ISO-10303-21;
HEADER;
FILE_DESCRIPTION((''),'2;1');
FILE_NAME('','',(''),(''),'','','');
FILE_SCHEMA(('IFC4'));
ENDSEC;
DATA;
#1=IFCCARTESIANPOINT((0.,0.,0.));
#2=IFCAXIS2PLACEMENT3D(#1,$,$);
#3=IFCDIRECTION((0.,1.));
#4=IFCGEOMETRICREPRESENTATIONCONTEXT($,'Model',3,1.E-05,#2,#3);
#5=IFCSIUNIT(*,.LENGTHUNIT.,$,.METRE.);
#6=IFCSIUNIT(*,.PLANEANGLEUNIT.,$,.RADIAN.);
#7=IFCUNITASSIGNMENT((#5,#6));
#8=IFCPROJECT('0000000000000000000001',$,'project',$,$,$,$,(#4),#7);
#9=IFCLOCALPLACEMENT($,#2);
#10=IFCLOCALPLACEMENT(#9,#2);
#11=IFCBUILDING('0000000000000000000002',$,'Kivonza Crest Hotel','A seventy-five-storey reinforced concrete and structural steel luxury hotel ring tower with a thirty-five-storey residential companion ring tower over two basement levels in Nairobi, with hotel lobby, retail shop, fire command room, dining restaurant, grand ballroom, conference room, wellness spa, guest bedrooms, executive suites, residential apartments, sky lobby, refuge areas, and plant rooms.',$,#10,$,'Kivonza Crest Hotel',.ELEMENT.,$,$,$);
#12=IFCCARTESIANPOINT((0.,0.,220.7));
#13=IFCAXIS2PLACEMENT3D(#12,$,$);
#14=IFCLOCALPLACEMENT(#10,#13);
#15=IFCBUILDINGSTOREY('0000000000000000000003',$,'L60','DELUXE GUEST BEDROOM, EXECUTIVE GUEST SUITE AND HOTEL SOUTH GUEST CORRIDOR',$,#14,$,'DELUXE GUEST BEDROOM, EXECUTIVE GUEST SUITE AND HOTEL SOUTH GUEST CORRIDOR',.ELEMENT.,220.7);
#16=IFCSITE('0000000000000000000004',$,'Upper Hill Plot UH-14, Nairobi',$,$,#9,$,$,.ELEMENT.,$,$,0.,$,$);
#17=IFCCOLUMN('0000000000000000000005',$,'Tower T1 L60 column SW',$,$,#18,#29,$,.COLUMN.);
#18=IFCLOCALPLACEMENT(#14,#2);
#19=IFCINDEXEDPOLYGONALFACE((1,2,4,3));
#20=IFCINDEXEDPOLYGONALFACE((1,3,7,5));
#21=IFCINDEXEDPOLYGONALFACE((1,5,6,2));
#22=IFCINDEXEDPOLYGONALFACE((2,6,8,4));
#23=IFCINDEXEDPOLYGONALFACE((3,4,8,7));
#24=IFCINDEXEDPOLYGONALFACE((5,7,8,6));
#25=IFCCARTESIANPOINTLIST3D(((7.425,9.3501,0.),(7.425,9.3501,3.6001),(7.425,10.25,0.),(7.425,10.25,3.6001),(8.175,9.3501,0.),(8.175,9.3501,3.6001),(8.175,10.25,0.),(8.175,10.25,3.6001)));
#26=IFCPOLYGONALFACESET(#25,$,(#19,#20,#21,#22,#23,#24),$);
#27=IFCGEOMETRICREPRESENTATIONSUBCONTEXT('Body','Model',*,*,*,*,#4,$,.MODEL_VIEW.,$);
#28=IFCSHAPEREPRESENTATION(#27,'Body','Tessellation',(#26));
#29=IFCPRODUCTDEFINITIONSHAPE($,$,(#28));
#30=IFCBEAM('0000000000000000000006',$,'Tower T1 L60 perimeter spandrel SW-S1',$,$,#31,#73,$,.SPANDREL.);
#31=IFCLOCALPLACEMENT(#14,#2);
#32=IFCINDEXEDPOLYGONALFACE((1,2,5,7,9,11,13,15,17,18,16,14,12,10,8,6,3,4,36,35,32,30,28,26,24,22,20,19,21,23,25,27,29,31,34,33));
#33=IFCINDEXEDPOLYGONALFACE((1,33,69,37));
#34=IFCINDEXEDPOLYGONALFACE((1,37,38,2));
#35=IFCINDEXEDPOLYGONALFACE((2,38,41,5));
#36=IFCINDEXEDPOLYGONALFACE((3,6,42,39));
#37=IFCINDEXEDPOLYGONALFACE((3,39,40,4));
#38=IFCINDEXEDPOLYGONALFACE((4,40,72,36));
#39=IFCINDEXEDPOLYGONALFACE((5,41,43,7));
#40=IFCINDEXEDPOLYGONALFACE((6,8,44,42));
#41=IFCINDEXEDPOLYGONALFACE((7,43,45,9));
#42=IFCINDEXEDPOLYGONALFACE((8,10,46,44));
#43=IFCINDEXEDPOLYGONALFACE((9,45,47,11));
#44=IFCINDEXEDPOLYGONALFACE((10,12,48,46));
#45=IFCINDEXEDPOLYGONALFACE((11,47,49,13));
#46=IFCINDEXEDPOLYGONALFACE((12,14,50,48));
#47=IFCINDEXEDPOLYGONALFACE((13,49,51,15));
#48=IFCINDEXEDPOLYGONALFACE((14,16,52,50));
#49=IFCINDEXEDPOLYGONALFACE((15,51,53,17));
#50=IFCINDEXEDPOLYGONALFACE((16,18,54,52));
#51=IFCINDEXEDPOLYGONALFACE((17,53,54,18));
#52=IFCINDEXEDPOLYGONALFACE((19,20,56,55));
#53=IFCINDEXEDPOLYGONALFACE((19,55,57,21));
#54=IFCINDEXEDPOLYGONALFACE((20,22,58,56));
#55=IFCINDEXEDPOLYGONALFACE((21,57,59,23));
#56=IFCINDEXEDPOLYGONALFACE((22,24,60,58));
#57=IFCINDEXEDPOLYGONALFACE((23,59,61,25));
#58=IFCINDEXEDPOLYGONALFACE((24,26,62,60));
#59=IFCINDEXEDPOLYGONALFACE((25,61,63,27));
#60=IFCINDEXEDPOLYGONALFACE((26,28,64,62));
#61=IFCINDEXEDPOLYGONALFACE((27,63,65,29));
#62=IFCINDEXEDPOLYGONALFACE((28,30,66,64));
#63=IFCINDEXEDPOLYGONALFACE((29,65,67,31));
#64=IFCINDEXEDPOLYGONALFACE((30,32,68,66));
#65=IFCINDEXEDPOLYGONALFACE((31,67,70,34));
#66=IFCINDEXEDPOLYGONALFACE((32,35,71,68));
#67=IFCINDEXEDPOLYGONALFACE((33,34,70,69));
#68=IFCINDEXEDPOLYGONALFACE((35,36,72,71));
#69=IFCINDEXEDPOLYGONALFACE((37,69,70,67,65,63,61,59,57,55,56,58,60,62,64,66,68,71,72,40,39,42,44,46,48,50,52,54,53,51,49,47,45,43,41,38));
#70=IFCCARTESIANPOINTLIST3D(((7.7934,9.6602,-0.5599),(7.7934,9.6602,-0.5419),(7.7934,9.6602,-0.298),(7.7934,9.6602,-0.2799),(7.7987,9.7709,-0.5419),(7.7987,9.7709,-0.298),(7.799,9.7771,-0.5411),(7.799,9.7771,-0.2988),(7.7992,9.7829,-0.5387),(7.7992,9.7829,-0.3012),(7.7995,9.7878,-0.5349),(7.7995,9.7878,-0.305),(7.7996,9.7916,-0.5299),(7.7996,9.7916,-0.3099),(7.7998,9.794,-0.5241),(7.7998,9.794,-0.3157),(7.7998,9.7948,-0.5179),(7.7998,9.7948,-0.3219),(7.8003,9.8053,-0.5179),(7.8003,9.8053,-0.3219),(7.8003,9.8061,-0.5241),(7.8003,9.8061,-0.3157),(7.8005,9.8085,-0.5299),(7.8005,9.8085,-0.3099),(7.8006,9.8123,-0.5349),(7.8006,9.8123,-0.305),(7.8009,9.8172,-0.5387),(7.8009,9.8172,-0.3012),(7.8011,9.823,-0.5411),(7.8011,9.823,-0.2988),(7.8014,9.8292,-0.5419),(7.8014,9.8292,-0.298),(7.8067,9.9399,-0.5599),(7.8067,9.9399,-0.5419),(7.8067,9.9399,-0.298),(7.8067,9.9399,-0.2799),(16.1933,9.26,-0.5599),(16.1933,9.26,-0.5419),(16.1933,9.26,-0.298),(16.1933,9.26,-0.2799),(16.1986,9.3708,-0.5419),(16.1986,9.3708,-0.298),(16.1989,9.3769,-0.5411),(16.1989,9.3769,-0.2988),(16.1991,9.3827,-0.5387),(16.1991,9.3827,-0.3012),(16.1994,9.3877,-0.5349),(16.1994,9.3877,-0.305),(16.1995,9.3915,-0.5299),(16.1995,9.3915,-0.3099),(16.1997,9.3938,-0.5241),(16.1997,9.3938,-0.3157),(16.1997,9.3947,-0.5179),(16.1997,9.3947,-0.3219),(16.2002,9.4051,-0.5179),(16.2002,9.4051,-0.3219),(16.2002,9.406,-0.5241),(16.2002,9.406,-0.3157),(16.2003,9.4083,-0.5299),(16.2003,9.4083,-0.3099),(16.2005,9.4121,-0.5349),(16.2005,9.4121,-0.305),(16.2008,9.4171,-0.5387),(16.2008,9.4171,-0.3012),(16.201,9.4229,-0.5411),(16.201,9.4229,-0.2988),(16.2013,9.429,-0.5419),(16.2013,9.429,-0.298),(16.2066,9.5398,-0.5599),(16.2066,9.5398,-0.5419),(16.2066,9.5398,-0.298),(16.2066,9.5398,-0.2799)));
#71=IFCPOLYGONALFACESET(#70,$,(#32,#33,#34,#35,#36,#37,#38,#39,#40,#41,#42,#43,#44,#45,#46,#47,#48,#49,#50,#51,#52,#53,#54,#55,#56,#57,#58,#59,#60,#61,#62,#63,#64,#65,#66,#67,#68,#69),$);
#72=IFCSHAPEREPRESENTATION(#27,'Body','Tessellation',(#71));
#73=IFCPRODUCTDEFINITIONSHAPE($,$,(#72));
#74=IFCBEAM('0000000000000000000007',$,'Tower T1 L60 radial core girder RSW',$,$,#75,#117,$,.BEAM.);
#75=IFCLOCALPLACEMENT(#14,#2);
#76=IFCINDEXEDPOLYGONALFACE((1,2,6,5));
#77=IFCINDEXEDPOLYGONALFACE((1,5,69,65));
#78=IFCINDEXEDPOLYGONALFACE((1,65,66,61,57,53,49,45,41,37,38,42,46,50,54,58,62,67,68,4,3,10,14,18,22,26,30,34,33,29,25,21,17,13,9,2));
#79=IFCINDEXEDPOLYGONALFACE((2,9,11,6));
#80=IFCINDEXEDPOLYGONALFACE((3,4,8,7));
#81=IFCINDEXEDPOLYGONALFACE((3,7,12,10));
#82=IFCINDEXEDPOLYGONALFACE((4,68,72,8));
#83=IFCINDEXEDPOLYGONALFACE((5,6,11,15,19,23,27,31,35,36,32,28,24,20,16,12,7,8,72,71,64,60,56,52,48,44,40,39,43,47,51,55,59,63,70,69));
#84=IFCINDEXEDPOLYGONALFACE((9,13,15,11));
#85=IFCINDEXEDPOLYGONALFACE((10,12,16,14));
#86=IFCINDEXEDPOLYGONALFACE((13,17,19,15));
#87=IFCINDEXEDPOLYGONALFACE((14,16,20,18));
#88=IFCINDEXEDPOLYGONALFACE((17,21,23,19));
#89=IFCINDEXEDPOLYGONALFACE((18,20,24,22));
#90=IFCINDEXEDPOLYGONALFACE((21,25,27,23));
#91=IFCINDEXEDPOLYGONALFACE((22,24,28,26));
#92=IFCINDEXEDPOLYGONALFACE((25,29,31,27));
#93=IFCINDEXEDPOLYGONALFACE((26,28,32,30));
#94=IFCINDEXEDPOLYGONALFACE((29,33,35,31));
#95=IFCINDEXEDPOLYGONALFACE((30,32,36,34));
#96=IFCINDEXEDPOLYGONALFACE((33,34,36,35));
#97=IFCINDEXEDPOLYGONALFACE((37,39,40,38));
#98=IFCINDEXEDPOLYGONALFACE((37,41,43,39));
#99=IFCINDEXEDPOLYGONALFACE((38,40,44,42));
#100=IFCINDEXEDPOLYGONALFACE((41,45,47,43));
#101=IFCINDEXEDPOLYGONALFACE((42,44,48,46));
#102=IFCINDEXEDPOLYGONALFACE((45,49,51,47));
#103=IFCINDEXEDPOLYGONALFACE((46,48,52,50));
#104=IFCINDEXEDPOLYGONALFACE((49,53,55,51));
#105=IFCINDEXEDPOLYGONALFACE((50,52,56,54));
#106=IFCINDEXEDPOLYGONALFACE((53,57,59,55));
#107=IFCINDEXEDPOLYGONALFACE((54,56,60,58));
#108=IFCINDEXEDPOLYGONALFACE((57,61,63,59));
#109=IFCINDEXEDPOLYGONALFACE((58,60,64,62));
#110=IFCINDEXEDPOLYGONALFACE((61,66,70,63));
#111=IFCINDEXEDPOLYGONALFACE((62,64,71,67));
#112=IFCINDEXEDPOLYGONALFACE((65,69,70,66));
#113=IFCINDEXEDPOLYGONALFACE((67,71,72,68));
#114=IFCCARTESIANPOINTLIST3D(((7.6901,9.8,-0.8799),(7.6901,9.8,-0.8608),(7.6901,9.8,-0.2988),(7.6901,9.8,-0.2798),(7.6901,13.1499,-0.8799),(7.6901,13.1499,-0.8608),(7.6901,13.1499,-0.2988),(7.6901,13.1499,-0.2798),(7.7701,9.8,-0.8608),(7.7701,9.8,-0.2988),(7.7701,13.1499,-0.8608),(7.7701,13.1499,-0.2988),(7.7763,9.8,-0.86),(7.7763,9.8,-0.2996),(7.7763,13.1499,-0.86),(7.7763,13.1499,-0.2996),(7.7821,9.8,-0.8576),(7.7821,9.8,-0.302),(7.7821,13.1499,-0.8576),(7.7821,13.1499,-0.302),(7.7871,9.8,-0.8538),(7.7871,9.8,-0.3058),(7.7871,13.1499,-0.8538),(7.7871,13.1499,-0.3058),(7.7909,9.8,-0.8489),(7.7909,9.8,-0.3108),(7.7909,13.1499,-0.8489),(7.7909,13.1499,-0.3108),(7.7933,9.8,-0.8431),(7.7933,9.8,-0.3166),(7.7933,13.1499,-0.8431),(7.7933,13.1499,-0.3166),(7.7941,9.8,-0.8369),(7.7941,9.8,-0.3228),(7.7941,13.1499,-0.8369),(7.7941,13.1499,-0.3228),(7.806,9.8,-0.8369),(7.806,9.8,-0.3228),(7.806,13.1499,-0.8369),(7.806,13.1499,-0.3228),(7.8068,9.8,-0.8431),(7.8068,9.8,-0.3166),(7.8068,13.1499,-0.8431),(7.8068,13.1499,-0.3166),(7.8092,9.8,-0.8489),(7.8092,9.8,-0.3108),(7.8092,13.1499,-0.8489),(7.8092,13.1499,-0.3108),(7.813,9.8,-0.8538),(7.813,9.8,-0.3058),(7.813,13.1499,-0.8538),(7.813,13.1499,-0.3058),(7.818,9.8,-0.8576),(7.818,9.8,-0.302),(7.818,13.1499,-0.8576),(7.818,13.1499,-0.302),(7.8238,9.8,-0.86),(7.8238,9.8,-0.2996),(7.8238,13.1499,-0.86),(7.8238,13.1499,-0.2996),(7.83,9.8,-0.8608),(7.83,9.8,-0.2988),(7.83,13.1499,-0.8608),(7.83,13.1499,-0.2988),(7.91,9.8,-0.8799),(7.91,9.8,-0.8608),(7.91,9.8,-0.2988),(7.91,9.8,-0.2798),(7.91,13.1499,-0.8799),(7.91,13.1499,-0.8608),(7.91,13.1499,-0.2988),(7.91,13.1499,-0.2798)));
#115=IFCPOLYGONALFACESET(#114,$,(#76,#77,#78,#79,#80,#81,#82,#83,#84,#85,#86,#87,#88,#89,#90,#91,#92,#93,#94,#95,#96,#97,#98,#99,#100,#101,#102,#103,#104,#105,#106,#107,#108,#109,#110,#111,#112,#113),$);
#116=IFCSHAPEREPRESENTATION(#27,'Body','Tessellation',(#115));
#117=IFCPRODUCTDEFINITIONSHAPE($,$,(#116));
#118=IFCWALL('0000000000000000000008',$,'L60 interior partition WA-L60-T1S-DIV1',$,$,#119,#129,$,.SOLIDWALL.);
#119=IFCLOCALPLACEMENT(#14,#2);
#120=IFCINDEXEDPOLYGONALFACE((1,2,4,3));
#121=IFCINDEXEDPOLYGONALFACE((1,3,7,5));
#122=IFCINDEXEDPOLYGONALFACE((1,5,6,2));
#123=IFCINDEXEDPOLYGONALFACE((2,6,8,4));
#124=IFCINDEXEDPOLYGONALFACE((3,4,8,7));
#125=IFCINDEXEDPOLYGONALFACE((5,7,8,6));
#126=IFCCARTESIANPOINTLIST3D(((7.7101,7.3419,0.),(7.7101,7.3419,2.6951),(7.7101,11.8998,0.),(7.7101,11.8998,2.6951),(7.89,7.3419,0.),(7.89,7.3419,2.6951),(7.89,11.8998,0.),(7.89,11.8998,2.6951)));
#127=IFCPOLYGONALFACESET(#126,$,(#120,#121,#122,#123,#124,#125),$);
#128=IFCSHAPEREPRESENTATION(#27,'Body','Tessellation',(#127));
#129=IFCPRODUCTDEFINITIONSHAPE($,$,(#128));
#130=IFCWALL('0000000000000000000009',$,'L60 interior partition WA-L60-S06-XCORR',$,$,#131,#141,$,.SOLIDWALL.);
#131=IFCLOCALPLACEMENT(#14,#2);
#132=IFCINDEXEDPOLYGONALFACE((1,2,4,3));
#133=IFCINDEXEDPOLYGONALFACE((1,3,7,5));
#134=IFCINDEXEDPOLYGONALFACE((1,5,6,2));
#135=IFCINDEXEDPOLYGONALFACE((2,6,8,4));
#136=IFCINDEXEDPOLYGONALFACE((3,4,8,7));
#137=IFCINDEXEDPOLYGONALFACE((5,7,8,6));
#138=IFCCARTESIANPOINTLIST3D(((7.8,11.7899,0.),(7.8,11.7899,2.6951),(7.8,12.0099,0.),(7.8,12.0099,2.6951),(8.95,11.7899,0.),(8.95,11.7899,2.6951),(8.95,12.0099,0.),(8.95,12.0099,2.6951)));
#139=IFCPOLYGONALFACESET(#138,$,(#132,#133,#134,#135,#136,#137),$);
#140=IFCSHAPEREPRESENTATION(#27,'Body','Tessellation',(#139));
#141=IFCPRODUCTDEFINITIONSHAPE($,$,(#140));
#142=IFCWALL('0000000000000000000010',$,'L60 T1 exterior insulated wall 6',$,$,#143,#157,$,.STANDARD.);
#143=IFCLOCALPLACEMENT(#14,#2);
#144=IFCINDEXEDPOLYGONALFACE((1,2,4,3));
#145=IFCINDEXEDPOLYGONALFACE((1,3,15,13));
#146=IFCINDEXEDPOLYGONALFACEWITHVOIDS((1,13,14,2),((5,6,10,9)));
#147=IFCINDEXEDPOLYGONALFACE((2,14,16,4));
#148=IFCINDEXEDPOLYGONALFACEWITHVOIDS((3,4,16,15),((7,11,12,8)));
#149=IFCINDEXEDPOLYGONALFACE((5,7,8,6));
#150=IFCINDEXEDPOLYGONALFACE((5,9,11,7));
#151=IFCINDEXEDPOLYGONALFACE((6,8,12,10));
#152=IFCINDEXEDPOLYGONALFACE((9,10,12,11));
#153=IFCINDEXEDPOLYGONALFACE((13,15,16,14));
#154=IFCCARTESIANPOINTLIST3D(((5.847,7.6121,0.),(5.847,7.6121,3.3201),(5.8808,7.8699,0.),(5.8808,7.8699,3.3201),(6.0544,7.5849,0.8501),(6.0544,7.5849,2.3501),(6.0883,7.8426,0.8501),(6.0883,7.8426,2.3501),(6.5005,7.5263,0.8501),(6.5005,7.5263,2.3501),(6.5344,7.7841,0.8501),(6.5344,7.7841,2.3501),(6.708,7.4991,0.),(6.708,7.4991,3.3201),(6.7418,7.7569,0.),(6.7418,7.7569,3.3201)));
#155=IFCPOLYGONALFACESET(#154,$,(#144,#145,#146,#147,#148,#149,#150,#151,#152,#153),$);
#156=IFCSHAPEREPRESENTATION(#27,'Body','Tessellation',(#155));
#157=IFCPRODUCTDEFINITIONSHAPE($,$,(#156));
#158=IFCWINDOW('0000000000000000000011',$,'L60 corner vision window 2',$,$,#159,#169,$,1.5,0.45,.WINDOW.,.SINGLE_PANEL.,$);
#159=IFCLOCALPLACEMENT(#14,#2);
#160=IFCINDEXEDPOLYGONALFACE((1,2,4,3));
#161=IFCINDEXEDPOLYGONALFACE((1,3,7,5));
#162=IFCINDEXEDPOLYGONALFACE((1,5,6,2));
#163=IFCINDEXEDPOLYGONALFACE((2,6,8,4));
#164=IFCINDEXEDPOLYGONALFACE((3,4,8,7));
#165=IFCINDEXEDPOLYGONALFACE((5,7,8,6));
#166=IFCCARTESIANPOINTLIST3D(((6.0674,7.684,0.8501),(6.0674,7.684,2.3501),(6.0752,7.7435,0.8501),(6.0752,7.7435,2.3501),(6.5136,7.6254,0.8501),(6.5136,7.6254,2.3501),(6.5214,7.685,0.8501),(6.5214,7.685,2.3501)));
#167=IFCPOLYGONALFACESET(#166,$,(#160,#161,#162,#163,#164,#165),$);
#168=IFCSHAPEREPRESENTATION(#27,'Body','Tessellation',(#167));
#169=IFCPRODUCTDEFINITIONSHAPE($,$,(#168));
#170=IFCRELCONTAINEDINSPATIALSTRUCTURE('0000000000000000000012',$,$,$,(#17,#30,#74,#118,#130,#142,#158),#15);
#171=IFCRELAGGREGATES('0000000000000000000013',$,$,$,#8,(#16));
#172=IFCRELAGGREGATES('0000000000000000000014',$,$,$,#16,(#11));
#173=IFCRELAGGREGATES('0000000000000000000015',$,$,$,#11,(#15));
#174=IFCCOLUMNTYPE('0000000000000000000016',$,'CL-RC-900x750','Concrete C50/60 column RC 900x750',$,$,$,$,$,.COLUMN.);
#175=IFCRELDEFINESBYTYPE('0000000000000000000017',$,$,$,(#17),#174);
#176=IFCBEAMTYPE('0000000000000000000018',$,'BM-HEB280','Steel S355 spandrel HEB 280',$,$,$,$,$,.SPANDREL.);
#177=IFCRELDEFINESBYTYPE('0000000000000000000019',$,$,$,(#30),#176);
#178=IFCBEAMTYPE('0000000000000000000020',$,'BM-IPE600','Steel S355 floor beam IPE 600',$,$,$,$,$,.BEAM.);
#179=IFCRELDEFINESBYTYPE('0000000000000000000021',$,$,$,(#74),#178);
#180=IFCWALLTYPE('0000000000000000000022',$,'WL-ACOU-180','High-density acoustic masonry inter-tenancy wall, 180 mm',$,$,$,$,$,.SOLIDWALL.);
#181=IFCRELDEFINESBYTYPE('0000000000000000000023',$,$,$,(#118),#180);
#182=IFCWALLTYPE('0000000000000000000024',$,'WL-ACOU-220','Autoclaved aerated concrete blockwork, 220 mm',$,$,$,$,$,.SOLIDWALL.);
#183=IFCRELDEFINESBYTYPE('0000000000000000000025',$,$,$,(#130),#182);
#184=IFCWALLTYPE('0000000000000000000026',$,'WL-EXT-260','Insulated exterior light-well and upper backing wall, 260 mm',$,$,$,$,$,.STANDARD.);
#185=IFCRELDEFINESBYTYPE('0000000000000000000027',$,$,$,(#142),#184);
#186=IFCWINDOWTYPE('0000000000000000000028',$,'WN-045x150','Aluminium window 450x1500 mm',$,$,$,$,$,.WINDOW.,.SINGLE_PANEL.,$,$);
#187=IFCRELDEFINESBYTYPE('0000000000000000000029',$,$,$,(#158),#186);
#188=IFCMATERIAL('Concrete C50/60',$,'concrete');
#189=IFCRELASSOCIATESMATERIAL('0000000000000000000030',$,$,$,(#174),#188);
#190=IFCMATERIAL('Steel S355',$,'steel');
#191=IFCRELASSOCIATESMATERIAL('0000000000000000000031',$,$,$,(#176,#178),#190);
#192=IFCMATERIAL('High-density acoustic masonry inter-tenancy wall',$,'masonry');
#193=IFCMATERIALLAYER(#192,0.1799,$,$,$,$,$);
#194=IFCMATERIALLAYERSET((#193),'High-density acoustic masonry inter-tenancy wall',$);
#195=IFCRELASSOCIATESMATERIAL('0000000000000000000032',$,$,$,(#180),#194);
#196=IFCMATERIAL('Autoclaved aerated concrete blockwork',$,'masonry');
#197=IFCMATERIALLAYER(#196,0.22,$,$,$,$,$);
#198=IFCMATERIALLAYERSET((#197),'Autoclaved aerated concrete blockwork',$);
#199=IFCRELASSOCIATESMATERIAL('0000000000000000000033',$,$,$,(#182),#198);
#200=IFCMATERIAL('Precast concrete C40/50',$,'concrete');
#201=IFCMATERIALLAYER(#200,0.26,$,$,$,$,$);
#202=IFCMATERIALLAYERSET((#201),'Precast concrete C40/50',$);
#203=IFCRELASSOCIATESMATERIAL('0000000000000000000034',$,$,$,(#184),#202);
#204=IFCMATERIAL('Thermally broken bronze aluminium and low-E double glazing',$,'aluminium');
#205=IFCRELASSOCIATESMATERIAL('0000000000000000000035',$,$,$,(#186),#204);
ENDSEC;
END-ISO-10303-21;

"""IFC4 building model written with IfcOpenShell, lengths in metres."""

from ifc_helpers import new_model, si_unit, direction, frame, frame_2d, origin, origin_2d, place, context, subcontext, project, spatial, rectangle, i_section, extrude, material, layer, layer_set, material_profile, profile_set, type_object, element, fill, save


model = new_model("IFC4")

# Units and contexts
model_context = context("Model", 3, precision=1e-05, world=origin(), true_north=direction((0.0, 1.0)))
body_context = subcontext(model_context, "Body", "Model", "MODEL_VIEW")
ifc_project = project(units=[si_unit("LENGTHUNIT", "METRE"), si_unit("PLANEANGLEUNIT", "RADIAN")], contexts=[model_context])

# Site, building, storey
site_placement = place(None, origin())
site = spatial("IfcSite", under=ifc_project, at=site_placement, Name="Upper Hill Plot UH-14, Nairobi", CompositionType="ELEMENT", RefElevation=0.0)
building_placement = place(site_placement, origin())
building = spatial("IfcBuilding", under=site, at=building_placement, Name="Kivonza Crest Hotel", Description="A seventy-five-storey reinforced concrete and structural steel luxury hotel ring tower with a thirty-five-storey residential companion ring tower over two basement levels in Nairobi, with hotel lobby, retail shop, fire command room, dining restaurant, grand ballroom, conference room, wellness spa, guest bedrooms, executive suites, residential apartments, sky lobby, refuge areas, and plant rooms.", LongName="Kivonza Crest Hotel", CompositionType="ELEMENT")
storey_placement = place(building_placement, frame((0.0, 0.0, 220.7)))
storey = spatial("IfcBuildingStorey", under=building, at=storey_placement, Name="L60", Description="DELUXE GUEST BEDROOM, EXECUTIVE GUEST SUITE AND HOTEL SOUTH GUEST CORRIDOR", LongName="DELUXE GUEST BEDROOM, EXECUTIVE GUEST SUITE AND HOTEL SOUTH GUEST CORRIDOR", CompositionType="ELEMENT", Elevation=220.7)

# Column
ifc_material_1 = material(Name="Concrete C50/60", Category="concrete")
ifc_material_profile_1 = material_profile(ifc_material_1, rectangle(XDim=0.75, YDim=0.8999, at=origin_2d()), Name="RC 900x750")
ifc_profile_set_1 = profile_set([ifc_material_profile_1], Name="Concrete C50/60")
column_type = type_object("IfcColumnType", Name="CL-RC-900x750", Description="Concrete C50/60 column RC 900x750", PredefinedType="COLUMN", material=ifc_profile_set_1)
column_placement = place(storey_placement, frame((7.8, 9.8, 0.0), z_axis=(0.0, 0.0, 1.0), x_axis=(1.0, 0.0, 0.0)))
element("IfcColumn", 1, at=column_placement, inside=storey, type_object=column_type, Name="Tower T1 L60 column SW", PredefinedType="COLUMN", context=body_context, shape_type="SweptSolid", body=[
    extrude(rectangle(XDim=0.75, YDim=0.8999, at=origin_2d()), origin(), (0.0, 0.0, 1.0), 3.6001),
])

# Beams
ifc_material_2 = material(Name="Steel S355", Category="steel")
ifc_material_profile_2 = material_profile(ifc_material_2, i_section(OverallWidth=0.28, OverallDepth=0.28, WebThickness=0.0105, FlangeThickness=0.0181, FilletRadius=0.0239, at=origin_2d()), Name="HEB 280")
ifc_profile_set_2 = profile_set([ifc_material_profile_2], Name="Steel S355")
beam_type_1 = type_object("IfcBeamType", Name="BM-HEB280", Description="Steel S355 spandrel HEB 280", PredefinedType="SPANDREL", material=ifc_profile_set_2)
beam_1_placement = place(storey_placement, frame((7.8, 9.8, -0.4199), z_axis=(0.998867, -0.047583, 0.0), x_axis=(0.047583, 0.998867, 0.0)))
element("IfcBeam", 2, at=beam_1_placement, inside=storey, type_object=beam_type_1, Name="Tower T1 L60 perimeter spandrel SW-S1", PredefinedType="SPANDREL", context=body_context, shape_type="SweptSolid", body=[
    extrude(i_section(OverallWidth=0.28, OverallDepth=0.28, WebThickness=0.0105, FlangeThickness=0.0181, FilletRadius=0.0239, at=origin_2d()), origin(), (0.0, 0.0, 1.0), 8.4094),
])
ifc_material_profile_3 = material_profile(ifc_material_2, i_section(OverallWidth=0.22, OverallDepth=0.6001, WebThickness=0.012, FlangeThickness=0.019, FilletRadius=0.0239, at=origin_2d()), Name="IPE 600")
ifc_profile_set_3 = profile_set([ifc_material_profile_3], Name="Steel S355")
beam_type_2 = type_object("IfcBeamType", Name="BM-IPE600", Description="Steel S355 floor beam IPE 600", PredefinedType="BEAM", material=ifc_profile_set_3)
beam_2_placement = place(storey_placement, frame((7.8, 9.8, -0.5798), z_axis=(0.0, 1.0, 0.0), x_axis=(-1.0, 0.0, 0.0)))
element("IfcBeam", 3, at=beam_2_placement, inside=storey, type_object=beam_type_2, Name="Tower T1 L60 radial core girder RSW", PredefinedType="BEAM", context=body_context, shape_type="SweptSolid", body=[
    extrude(i_section(OverallWidth=0.22, OverallDepth=0.6001, WebThickness=0.012, FlangeThickness=0.019, FilletRadius=0.0239, at=origin_2d()), origin(), (0.0, 0.0, 1.0), 3.3499),
])

# Walls
ifc_material_3 = material(Name="High-density acoustic masonry inter-tenancy wall", Category="masonry")
ifc_layer_1 = layer(ifc_material_3, 0.1799)
ifc_layer_set_1 = layer_set([ifc_layer_1], Name="High-density acoustic masonry inter-tenancy wall")
wall_type_1 = type_object("IfcWallType", Name="WL-ACOU-180", Description="High-density acoustic masonry inter-tenancy wall, 180 mm", PredefinedType="SOLIDWALL", material=ifc_layer_set_1)
wall_1_placement = place(storey_placement, frame((7.8, 7.342, 0.0), z_axis=(0.0, 0.0, 1.0), x_axis=(0.0, 1.0, 0.0)))
element("IfcWall", 4, at=wall_1_placement, inside=storey, type_object=wall_type_1, Name="L60 interior partition WA-L60-T1S-DIV1", PredefinedType="SOLIDWALL", context=body_context, shape_type="SweptSolid", body=[
    extrude(rectangle(XDim=4.5579, YDim=0.1799, at=frame_2d((2.2788, 0.0))), origin(), (0.0, 0.0, 1.0), 2.6951),
])
ifc_material_4 = material(Name="Autoclaved aerated concrete blockwork", Category="masonry")
ifc_layer_2 = layer(ifc_material_4, 0.22)
ifc_layer_set_2 = layer_set([ifc_layer_2], Name="Autoclaved aerated concrete blockwork")
wall_type_2 = type_object("IfcWallType", Name="WL-ACOU-220", Description="Autoclaved aerated concrete blockwork, 220 mm", PredefinedType="SOLIDWALL", material=ifc_layer_set_2)
wall_2_placement = place(storey_placement, frame((7.8, 11.8999, 0.0), z_axis=(0.0, 0.0, 1.0), x_axis=(1.0, 0.0, 0.0)))
element("IfcWall", 5, at=wall_2_placement, inside=storey, type_object=wall_type_2, Name="L60 interior partition WA-L60-S06-XCORR", PredefinedType="SOLIDWALL", context=body_context, shape_type="SweptSolid", body=[
    extrude(rectangle(XDim=1.1499, YDim=0.22, at=frame_2d((0.575, 0.0))), origin(), (0.0, 0.0, 1.0), 2.6951),
])

# Wall, opening, window
ifc_material_5 = material(Name="Precast concrete C40/50", Category="concrete")
ifc_layer_3 = layer(ifc_material_5, 0.26)
ifc_layer_set_3 = layer_set([ifc_layer_3], Name="Precast concrete C40/50")
wall_type_3 = type_object("IfcWallType", Name="WL-EXT-260", Description="Insulated exterior light-well and upper backing wall, 260 mm", PredefinedType="STANDARD", material=ifc_layer_set_3)
wall_3_placement = place(storey_placement, frame((5.864, 7.741, 0.0), z_axis=(0.0, 0.0, 1.0), x_axis=(0.991493, -0.130156, 0.0)))
wall_3 = element("IfcWall", 6, at=wall_3_placement, inside=storey, type_object=wall_type_3, Name="L60 T1 exterior insulated wall 6", PredefinedType="STANDARD", context=body_context, shape_type="SweptSolid", body=[
    extrude(rectangle(XDim=0.8684, YDim=0.26, at=frame_2d((0.4341, 0.0))), origin(), (0.0, 0.0, 1.0), 3.3201),
])
opening_1_placement = place(wall_3_placement, frame((0.209, 0.0, 0.8501)))
opening_1 = element("IfcOpeningElement", 7, at=opening_1_placement, cuts=wall_3, PredefinedType="OPENING", context=body_context, shape_type="SweptSolid", body=[
    extrude(rectangle(XDim=0.45, YDim=1.5, at=frame_2d((0.2251, 0.75))), frame((0.0, 0.1401, 0.0), z_axis=(0.0, -1.0, 0.0), x_axis=(1.0, 0.0, 0.0)), (0.0, 0.0, 1.0), 0.28),
])
ifc_material_6 = material(Name="Thermally broken bronze aluminium and low-E double glazing", Category="aluminium")
window_type_1 = type_object("IfcWindowType", Name="WN-045x150", Description="Aluminium window 450x1500 mm", PartitioningType="SINGLE_PANEL", PredefinedType="WINDOW", material=ifc_material_6)
window_1_placement = place(opening_1_placement, origin())
window_1 = element("IfcWindow", 8, at=window_1_placement, inside=storey, type_object=window_type_1, Name="L60 corner vision window 2", OverallHeight=1.5, OverallWidth=0.45, PartitioningType="SINGLE_PANEL", PredefinedType="WINDOW", context=body_context, shape_type="SweptSolid", body=[
    extrude(rectangle(XDim=0.45, YDim=1.5, at=frame_2d((0.2251, 0.75))), frame((0.0, 0.03, 0.0), z_axis=(0.0, -1.0, 0.0), x_axis=(1.0, 0.0, 0.0)), (0.0, 0.0, 1.0), 0.0601),
])
fill(opening_1, window_1)

save(model, "model.ifc")
